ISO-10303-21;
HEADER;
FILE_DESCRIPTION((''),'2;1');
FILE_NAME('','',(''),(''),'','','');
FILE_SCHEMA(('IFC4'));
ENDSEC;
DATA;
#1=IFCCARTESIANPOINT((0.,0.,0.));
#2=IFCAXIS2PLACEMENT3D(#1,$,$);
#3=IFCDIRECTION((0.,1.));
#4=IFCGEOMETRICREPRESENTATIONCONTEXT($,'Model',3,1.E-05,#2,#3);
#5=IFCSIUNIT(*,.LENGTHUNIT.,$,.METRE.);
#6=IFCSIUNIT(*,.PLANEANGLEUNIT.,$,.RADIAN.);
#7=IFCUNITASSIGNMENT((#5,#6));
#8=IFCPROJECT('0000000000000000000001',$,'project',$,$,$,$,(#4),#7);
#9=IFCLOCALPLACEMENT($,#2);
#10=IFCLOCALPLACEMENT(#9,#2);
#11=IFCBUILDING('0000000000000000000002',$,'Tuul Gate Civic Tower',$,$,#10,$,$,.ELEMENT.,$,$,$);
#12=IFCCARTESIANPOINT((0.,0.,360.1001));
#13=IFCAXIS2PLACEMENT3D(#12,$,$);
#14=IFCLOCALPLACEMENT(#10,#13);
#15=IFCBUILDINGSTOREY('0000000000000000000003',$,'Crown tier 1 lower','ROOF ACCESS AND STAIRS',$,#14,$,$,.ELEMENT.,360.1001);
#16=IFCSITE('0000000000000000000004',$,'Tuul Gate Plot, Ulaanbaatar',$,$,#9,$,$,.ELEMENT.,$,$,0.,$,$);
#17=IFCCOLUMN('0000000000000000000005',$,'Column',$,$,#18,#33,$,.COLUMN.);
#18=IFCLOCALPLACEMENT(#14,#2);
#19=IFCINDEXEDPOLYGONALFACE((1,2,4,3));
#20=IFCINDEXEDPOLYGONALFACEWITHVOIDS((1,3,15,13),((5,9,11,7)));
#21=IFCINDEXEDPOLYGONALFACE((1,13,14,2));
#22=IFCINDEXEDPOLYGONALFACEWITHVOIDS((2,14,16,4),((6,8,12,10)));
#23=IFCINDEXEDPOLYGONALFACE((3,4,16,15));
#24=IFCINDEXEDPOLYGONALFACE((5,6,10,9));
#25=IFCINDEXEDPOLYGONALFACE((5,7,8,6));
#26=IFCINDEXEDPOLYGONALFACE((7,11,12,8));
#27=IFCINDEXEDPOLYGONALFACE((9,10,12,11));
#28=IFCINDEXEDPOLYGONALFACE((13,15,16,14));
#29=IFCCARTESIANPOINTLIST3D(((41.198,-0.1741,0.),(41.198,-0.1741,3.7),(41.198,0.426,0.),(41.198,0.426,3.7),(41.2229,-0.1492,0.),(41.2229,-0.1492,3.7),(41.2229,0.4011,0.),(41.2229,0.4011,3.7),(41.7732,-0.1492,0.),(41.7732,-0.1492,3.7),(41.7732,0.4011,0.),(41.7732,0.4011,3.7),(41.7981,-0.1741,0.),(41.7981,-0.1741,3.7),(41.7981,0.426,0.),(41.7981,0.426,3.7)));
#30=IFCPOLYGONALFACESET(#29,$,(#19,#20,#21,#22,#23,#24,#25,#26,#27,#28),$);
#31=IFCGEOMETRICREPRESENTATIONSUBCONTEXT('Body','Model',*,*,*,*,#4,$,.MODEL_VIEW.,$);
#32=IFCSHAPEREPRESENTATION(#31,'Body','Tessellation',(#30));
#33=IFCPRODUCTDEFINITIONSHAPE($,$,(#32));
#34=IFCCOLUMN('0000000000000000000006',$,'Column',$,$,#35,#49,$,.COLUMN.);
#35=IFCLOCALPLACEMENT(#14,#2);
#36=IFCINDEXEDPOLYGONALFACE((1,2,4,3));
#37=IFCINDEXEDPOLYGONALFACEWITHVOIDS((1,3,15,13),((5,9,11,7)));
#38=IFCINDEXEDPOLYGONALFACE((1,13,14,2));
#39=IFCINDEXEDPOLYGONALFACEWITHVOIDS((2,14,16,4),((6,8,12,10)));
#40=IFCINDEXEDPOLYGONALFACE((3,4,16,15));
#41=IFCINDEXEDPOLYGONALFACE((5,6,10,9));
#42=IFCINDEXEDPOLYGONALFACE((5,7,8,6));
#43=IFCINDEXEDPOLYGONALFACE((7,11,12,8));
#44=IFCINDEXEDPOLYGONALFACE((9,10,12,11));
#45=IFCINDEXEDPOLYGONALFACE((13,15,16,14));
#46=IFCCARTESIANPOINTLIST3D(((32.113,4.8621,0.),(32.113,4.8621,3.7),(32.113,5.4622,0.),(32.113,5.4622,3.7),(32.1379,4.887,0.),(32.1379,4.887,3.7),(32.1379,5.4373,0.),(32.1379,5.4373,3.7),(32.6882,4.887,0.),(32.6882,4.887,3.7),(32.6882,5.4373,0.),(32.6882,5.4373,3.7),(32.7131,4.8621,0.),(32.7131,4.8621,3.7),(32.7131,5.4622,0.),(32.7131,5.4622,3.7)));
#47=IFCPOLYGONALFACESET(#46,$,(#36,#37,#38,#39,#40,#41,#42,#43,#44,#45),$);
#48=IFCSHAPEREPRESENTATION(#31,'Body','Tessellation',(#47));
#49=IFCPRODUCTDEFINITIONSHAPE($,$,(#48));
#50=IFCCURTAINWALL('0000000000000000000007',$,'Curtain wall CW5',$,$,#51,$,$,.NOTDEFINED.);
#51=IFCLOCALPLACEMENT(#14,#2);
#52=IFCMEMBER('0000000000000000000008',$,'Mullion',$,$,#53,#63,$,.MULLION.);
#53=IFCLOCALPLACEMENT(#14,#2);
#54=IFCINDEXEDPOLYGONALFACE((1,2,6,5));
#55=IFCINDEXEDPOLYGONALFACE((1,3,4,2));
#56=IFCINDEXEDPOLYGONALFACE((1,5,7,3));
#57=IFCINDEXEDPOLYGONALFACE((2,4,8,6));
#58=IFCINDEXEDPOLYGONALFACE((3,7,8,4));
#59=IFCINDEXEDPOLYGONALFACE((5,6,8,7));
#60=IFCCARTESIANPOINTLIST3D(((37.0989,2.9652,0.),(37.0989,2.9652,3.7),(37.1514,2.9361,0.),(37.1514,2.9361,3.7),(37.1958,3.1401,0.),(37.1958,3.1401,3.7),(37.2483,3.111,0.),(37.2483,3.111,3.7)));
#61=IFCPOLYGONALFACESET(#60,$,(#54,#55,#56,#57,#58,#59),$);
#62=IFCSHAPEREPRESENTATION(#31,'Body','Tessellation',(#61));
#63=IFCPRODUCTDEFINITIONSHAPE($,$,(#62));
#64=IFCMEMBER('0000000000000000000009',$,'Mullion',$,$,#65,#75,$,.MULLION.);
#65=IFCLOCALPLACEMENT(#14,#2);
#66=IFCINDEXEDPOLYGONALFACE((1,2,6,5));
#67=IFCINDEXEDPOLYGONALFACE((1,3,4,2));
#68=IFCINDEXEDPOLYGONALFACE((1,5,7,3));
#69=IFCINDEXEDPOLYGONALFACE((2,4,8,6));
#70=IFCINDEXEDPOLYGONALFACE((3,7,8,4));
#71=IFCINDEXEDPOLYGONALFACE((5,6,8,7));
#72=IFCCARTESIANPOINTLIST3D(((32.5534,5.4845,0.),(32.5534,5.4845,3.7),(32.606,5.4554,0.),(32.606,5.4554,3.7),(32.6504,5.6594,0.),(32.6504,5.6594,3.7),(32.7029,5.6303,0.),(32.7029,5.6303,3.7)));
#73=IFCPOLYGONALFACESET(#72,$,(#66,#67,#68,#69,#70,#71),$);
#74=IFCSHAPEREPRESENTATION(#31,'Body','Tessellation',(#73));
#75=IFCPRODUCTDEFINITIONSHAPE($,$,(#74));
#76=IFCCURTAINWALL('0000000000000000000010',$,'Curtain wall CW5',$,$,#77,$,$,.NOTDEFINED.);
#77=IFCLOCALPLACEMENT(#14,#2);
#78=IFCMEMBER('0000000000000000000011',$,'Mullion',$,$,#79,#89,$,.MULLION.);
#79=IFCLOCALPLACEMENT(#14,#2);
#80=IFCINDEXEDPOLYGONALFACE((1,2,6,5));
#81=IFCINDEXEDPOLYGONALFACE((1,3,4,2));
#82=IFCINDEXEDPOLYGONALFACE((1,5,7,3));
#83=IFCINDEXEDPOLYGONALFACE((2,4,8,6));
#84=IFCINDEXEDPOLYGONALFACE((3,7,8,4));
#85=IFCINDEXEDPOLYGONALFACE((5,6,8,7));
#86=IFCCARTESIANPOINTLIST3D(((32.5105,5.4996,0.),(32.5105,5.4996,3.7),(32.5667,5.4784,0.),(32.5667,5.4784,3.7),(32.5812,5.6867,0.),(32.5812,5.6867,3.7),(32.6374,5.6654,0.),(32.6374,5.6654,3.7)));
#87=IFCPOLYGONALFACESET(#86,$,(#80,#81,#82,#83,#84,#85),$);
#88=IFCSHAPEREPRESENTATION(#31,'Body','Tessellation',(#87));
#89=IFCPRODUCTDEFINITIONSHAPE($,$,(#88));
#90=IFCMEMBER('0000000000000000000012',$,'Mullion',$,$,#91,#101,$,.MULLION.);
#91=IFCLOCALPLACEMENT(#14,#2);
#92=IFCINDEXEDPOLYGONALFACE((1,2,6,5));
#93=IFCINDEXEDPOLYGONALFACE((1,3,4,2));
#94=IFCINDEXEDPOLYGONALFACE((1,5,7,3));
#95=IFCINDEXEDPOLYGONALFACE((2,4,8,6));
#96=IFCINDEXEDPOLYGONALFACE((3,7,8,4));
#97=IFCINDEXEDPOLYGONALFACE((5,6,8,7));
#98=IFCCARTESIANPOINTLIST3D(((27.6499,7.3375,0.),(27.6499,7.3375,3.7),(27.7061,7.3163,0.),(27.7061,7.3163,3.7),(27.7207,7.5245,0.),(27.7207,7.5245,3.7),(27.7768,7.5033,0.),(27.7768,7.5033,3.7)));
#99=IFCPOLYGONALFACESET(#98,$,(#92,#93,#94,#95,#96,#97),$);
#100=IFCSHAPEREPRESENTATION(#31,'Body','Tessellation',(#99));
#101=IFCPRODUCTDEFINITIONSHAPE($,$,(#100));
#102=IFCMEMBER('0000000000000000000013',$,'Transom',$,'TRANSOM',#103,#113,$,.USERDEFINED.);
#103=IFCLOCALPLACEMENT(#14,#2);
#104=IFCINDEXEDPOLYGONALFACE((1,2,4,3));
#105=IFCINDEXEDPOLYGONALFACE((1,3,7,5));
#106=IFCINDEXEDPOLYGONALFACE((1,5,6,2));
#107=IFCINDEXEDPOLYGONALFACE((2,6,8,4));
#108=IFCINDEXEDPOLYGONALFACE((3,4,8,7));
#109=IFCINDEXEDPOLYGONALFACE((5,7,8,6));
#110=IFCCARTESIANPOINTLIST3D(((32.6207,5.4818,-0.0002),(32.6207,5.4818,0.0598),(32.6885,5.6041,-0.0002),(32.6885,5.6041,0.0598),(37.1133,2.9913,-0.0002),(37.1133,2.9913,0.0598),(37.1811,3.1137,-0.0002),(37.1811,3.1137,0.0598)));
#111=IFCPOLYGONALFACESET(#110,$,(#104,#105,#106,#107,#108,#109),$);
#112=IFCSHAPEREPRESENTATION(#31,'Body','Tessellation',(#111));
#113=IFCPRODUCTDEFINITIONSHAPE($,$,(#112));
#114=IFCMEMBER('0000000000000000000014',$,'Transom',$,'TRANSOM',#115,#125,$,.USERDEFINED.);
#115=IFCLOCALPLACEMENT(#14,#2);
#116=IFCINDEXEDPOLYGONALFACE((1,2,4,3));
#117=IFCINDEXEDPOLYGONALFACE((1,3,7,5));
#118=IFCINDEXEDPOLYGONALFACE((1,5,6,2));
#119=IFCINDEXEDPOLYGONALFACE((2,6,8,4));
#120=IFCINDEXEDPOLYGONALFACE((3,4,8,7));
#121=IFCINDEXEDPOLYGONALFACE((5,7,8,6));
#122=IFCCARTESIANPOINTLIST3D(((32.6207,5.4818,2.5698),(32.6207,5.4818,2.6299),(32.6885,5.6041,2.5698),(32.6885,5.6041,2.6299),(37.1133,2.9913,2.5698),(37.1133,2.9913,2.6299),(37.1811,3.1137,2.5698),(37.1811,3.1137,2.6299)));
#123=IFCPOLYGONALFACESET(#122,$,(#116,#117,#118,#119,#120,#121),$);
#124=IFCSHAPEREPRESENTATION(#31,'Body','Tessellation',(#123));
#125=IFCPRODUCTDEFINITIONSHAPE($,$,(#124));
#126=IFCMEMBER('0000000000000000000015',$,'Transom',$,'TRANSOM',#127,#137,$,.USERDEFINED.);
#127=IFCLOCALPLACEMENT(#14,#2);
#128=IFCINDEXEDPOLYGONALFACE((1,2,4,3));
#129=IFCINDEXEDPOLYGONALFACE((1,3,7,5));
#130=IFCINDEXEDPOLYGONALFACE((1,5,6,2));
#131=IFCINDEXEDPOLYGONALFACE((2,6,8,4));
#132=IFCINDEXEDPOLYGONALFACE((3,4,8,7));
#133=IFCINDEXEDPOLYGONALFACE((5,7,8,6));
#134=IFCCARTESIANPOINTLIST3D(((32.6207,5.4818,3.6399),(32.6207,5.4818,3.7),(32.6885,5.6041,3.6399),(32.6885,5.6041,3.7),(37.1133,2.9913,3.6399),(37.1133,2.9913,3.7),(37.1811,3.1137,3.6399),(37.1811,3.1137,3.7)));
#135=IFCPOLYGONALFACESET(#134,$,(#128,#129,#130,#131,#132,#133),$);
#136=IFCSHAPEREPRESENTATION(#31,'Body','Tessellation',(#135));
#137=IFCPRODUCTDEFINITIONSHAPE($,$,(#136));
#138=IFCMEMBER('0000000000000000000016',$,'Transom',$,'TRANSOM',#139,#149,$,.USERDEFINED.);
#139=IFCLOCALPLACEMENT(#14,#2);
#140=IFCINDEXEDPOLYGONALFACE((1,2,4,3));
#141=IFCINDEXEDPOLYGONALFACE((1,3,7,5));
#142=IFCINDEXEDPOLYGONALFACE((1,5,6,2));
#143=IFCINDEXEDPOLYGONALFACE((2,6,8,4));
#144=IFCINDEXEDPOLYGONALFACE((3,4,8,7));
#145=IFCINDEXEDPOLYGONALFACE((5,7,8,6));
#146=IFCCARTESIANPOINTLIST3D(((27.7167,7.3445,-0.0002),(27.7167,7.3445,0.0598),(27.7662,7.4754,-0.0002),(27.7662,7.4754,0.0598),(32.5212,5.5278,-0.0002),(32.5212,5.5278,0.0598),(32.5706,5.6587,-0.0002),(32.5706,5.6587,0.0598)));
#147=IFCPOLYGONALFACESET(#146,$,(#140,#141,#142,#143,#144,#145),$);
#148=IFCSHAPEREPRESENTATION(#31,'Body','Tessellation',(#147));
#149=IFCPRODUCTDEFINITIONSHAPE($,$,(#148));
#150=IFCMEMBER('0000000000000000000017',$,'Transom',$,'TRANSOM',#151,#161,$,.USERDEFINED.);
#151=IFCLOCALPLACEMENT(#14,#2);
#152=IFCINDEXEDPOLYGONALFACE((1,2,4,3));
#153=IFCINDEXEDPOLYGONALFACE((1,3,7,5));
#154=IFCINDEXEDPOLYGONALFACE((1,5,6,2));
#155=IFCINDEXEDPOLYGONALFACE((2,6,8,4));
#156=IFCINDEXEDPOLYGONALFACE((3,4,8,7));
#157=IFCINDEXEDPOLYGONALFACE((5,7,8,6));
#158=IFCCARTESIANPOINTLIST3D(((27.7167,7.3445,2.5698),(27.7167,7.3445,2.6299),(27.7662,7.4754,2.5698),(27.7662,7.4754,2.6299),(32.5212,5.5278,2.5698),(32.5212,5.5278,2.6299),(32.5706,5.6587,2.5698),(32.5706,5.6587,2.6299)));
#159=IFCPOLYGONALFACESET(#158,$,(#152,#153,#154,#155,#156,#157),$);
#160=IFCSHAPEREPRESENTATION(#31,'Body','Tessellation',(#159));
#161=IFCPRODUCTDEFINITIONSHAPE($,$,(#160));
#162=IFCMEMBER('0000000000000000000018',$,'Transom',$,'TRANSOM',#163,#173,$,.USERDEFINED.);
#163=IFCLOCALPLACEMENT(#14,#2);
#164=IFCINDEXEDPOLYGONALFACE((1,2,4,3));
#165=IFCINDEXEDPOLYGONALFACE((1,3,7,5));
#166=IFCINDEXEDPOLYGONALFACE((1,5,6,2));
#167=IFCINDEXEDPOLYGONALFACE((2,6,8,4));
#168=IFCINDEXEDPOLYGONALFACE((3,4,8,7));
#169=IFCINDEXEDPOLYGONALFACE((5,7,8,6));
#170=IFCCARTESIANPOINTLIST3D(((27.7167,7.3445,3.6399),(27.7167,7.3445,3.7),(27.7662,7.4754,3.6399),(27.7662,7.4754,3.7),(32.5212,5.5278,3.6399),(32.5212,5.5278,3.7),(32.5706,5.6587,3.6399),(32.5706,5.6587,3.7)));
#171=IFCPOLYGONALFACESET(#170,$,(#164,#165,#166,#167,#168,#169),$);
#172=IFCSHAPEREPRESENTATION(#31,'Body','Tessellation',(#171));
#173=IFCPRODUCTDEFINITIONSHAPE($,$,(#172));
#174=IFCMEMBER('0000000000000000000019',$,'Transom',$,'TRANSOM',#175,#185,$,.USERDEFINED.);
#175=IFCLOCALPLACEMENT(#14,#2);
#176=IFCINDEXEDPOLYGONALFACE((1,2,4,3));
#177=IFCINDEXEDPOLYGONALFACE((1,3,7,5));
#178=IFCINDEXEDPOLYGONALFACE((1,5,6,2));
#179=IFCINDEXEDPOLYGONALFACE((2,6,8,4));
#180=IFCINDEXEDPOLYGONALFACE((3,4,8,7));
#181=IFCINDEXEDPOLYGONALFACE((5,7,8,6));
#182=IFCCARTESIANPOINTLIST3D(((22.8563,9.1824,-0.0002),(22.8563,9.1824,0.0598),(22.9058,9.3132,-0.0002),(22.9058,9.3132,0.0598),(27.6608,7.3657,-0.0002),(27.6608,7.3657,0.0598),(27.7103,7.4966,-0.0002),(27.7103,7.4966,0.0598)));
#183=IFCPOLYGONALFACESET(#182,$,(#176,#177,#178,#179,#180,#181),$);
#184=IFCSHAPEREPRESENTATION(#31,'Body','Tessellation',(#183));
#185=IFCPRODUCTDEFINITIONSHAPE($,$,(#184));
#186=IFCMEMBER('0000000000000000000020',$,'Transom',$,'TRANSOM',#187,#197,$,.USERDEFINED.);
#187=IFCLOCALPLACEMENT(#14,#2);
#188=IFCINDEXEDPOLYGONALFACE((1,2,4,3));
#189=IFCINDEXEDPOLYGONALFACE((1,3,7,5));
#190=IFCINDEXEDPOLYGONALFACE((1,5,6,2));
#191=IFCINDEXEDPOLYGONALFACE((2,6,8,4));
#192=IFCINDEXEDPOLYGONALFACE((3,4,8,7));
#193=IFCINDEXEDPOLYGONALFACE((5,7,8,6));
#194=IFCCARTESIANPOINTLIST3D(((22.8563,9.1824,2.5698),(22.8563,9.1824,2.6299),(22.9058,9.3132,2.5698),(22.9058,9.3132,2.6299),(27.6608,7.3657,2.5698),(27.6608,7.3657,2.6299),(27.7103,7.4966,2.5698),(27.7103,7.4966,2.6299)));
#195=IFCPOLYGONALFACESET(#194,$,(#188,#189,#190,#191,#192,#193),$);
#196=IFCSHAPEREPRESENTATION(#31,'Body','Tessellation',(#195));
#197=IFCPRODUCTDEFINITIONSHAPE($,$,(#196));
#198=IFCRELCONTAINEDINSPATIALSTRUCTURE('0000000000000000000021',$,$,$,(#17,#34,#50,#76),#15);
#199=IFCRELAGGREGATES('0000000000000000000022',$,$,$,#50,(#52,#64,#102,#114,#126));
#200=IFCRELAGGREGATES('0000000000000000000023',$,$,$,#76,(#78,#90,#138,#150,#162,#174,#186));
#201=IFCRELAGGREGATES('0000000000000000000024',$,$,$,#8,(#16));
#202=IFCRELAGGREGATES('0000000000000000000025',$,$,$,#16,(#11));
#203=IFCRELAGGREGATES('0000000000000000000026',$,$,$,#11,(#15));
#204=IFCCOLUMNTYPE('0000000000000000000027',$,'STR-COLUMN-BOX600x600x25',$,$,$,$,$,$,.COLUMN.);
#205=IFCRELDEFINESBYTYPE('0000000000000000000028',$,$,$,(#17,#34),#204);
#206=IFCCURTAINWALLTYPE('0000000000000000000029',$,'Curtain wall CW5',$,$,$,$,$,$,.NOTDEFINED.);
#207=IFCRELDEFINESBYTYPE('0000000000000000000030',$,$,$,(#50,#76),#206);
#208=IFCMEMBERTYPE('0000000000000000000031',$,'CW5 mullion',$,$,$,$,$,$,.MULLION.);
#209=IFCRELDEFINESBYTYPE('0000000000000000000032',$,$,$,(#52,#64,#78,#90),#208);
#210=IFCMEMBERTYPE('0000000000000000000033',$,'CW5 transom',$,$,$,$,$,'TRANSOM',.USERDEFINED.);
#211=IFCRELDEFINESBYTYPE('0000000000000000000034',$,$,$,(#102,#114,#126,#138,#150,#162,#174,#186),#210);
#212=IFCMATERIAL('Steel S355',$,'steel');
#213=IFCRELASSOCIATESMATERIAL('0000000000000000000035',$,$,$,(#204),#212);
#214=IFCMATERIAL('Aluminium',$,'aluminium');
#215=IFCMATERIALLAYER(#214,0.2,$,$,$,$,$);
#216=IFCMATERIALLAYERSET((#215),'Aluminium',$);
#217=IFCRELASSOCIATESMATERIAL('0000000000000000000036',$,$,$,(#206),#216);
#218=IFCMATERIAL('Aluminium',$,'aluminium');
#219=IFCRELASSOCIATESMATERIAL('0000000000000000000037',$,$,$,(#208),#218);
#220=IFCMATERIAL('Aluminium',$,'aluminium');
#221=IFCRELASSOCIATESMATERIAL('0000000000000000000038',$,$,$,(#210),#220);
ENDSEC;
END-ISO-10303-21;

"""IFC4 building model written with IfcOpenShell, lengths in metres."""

from ifc_helpers import new_model, si_unit, direction, frame, origin, origin_2d, place, context, subcontext, project, spatial, rectangle, hollow_rectangle, extrude, material, layer, layer_set, material_profile, profile_set, type_object, element, aggregate, save


model = new_model("IFC4")

# Units and contexts
model_context = context("Model", 3, precision=1e-05, world=origin(), true_north=direction((0.0, 1.0)))
body_context = subcontext(model_context, "Body", "Model", "MODEL_VIEW")
ifc_project = project(units=[si_unit("LENGTHUNIT", "METRE"), si_unit("PLANEANGLEUNIT", "RADIAN")], contexts=[model_context])

# Site, building, storey
site_placement = place(None, origin())
site = spatial("IfcSite", under=ifc_project, at=site_placement, Name="Tuul Gate Plot, Ulaanbaatar", CompositionType="ELEMENT", RefElevation=0.0)
building_placement = place(site_placement, origin())
building = spatial("IfcBuilding", under=site, at=building_placement, Name="Tuul Gate Civic Tower", CompositionType="ELEMENT")
storey_placement = place(building_placement, frame((0.0, 0.0, 360.1001)))
storey = spatial("IfcBuildingStorey", under=building, at=storey_placement, Name="Crown tier 1 lower", Description="ROOF ACCESS AND STAIRS", CompositionType="ELEMENT", Elevation=360.1001)

# Columns
ifc_material_1 = material(Name="Steel S355", Category="steel")
ifc_material_profile_1 = material_profile(ifc_material_1, hollow_rectangle(XDim=0.6001, YDim=0.6001, WallThickness=0.0249, at=origin_2d()), Name="BOX600x600x25")
ifc_profile_set_1 = profile_set([ifc_material_profile_1], Name="Steel S355")
column_type = type_object("IfcColumnType", Name="STR-COLUMN-BOX600x600x25", PredefinedType="COLUMN", material=ifc_profile_set_1)
for number, where, z_axis, x_axis, name in (
    (1, (41.498, 0.126, 0.0), (0.0, 0.0, 1.0), (1.0, 0.0, 0.0), "Column"),
    (2, (32.4131, 5.1621, 0.0), (0.0, 0.0, 1.0), (1.0, 0.0, 0.0), "Column"),
):
    element("IfcColumn", number, at=place(storey_placement, frame(where, z_axis=z_axis, x_axis=x_axis)), inside=storey, type_object=column_type, Name=name, PredefinedType="COLUMN", context=body_context, shape_type="SweptSolid", body=[
        extrude(hollow_rectangle(XDim=0.6001, YDim=0.6001, WallThickness=0.0249, at=origin_2d()), origin(), (0.0, 0.0, 1.0), 3.7),
    ])

# Curtain walls, members
ifc_material_2 = material(Name="Aluminium", Category="aluminium")
ifc_layer_1 = layer(ifc_material_2, 0.2)
ifc_layer_set_1 = layer_set([ifc_layer_1], Name="Aluminium")
curtain_wall_type = type_object("IfcCurtainWallType", Name="Curtain wall CW5", PredefinedType="NOTDEFINED", material=ifc_layer_set_1)
curtain_wall_1_placement = place(storey_placement, origin())
curtain_wall_1 = element("IfcCurtainWall", 3, at=curtain_wall_1_placement, inside=storey, type_object=curtain_wall_type, Name="Curtain wall CW5", PredefinedType="NOTDEFINED")
ifc_material_3 = material(Name="Aluminium", Category="aluminium")
ifc_material_profile_2 = material_profile(ifc_material_3, rectangle(XDim=0.2, YDim=0.0601, at=origin_2d()), Name="CW5 mullion")
ifc_profile_set_2 = profile_set([ifc_material_profile_2], Name="Aluminium")
member_type_1 = type_object("IfcMemberType", Name="CW5 mullion", PredefinedType="MULLION", material=ifc_profile_set_2)
member_1_placement = place(storey_placement, frame((37.1736, 3.0381, 0.0), z_axis=(0.0, 0.0, 1.0), x_axis=(-0.484806, -0.874622, 0.0)))
member_1 = element("IfcMember", 4, at=member_1_placement, type_object=member_type_1, Name="Mullion", PredefinedType="MULLION", context=body_context, shape_type="SweptSolid", body=[
    extrude(rectangle(XDim=0.2, YDim=0.0601, at=origin_2d()), origin(), (0.0, 0.0, 1.0), 3.7),
])
member_2_placement = place(storey_placement, frame((32.6282, 5.5574, 0.0), z_axis=(0.0, 0.0, 1.0), x_axis=(-0.484806, -0.874622, 0.0)))
member_2 = element("IfcMember", 5, at=member_2_placement, type_object=member_type_1, Name="Mullion", PredefinedType="MULLION", context=body_context, shape_type="SweptSolid", body=[
    extrude(rectangle(XDim=0.2, YDim=0.0601, at=origin_2d()), origin(), (0.0, 0.0, 1.0), 3.7),
])
curtain_wall_2_placement = place(storey_placement, origin())
curtain_wall_2 = element("IfcCurtainWall", 6, at=curtain_wall_2_placement, inside=storey, type_object=curtain_wall_type, Name="Curtain wall CW5", PredefinedType="NOTDEFINED")
member_3_placement = place(storey_placement, frame((32.574, 5.5825, 0.0), z_axis=(0.0, 0.0, 1.0), x_axis=(-0.353691, -0.935362, 0.0)))
member_3 = element("IfcMember", 7, at=member_3_placement, type_object=member_type_1, Name="Mullion", PredefinedType="MULLION", context=body_context, shape_type="SweptSolid", body=[
    extrude(rectangle(XDim=0.2, YDim=0.0601, at=origin_2d()), origin(), (0.0, 0.0, 1.0), 3.7),
])
member_4_placement = place(storey_placement, frame((27.7134, 7.4204, 0.0), z_axis=(0.0, 0.0, 1.0), x_axis=(-0.353691, -0.935362, 0.0)))
member_4 = element("IfcMember", 8, at=member_4_placement, type_object=member_type_1, Name="Mullion", PredefinedType="MULLION", context=body_context, shape_type="SweptSolid", body=[
    extrude(rectangle(XDim=0.2, YDim=0.0601, at=origin_2d()), origin(), (0.0, 0.0, 1.0), 3.7),
])

# Members
ifc_material_4 = material(Name="Aluminium", Category="aluminium")
ifc_material_profile_3 = material_profile(ifc_material_4, rectangle(XDim=0.1399, YDim=0.0601, at=origin_2d()), Name="CW5 transom")
ifc_profile_set_3 = profile_set([ifc_material_profile_3], Name="Aluminium")
member_type_2 = type_object("IfcMemberType", Name="CW5 transom", ElementType="TRANSOM", PredefinedType="USERDEFINED", material=ifc_profile_set_3)
member_5_placement = place(storey_placement, frame((37.1472, 3.0525, 0.0298), z_axis=(-0.874608, 0.484832, 0.0), x_axis=(-0.484832, -0.874608, 0.0)))
member_5 = element("IfcMember", 9, at=member_5_placement, type_object=member_type_2, Name="Transom", ObjectType="TRANSOM", PredefinedType="USERDEFINED", context=body_context, shape_type="SweptSolid", body=[
    extrude(rectangle(XDim=0.1399, YDim=0.0601, at=origin_2d()), origin(), (0.0, 0.0, 1.0), 5.1367),
])
member_6_placement = place(storey_placement, frame((37.1472, 3.0525, 2.5999), z_axis=(-0.874608, 0.484832, 0.0), x_axis=(-0.484832, -0.874608, 0.0)))
member_6 = element("IfcMember", 10, at=member_6_placement, type_object=member_type_2, Name="Transom", ObjectType="TRANSOM", PredefinedType="USERDEFINED", context=body_context, shape_type="SweptSolid", body=[
    extrude(rectangle(XDim=0.1399, YDim=0.0601, at=origin_2d()), origin(), (0.0, 0.0, 1.0), 5.1367),
])
member_7_placement = place(storey_placement, frame((37.1472, 3.0525, 3.6699), z_axis=(-0.874608, 0.484832, 0.0), x_axis=(-0.484832, -0.874608, 0.0)))
member_7 = element("IfcMember", 11, at=member_7_placement, type_object=member_type_2, Name="Transom", ObjectType="TRANSOM", PredefinedType="USERDEFINED", context=body_context, shape_type="SweptSolid", body=[
    extrude(rectangle(XDim=0.1399, YDim=0.0601, at=origin_2d()), origin(), (0.0, 0.0, 1.0), 5.1367),
])
member_8_placement = place(storey_placement, frame((32.5459, 5.5933, 0.0298), z_axis=(-0.935367, 0.35368, 0.0), x_axis=(-0.35368, -0.935367, 0.0)))
member_8 = element("IfcMember", 12, at=member_8_placement, type_object=member_type_2, Name="Transom", ObjectType="TRANSOM", PredefinedType="USERDEFINED", context=body_context, shape_type="SweptSolid", body=[
    extrude(rectangle(XDim=0.1399, YDim=0.0601, at=origin_2d()), origin(), (0.0, 0.0, 1.0), 5.1365),
])
member_9_placement = place(storey_placement, frame((32.5459, 5.5933, 2.5999), z_axis=(-0.935367, 0.35368, 0.0), x_axis=(-0.35368, -0.935367, 0.0)))
member_9 = element("IfcMember", 13, at=member_9_placement, type_object=member_type_2, Name="Transom", ObjectType="TRANSOM", PredefinedType="USERDEFINED", context=body_context, shape_type="SweptSolid", body=[
    extrude(rectangle(XDim=0.1399, YDim=0.0601, at=origin_2d()), origin(), (0.0, 0.0, 1.0), 5.1365),
])
member_10_placement = place(storey_placement, frame((32.5459, 5.5933, 3.6699), z_axis=(-0.935367, 0.35368, 0.0), x_axis=(-0.35368, -0.935367, 0.0)))
member_10 = element("IfcMember", 14, at=member_10_placement, type_object=member_type_2, Name="Transom", ObjectType="TRANSOM", PredefinedType="USERDEFINED", context=body_context, shape_type="SweptSolid", body=[
    extrude(rectangle(XDim=0.1399, YDim=0.0601, at=origin_2d()), origin(), (0.0, 0.0, 1.0), 5.1365),
])
member_11_placement = place(storey_placement, frame((27.6855, 7.4312, 0.0298), z_axis=(-0.935367, 0.35368, 0.0), x_axis=(-0.35368, -0.935367, 0.0)))
member_11 = element("IfcMember", 15, at=member_11_placement, type_object=member_type_2, Name="Transom", ObjectType="TRANSOM", PredefinedType="USERDEFINED", context=body_context, shape_type="SweptSolid", body=[
    extrude(rectangle(XDim=0.1399, YDim=0.0601, at=origin_2d()), origin(), (0.0, 0.0, 1.0), 5.1365),
])
member_12_placement = place(storey_placement, frame((27.6855, 7.4312, 2.5999), z_axis=(-0.935367, 0.35368, 0.0), x_axis=(-0.35368, -0.935367, 0.0)))
member_12 = element("IfcMember", 16, at=member_12_placement, type_object=member_type_2, Name="Transom", ObjectType="TRANSOM", PredefinedType="USERDEFINED", context=body_context, shape_type="SweptSolid", body=[
    extrude(rectangle(XDim=0.1399, YDim=0.0601, at=origin_2d()), origin(), (0.0, 0.0, 1.0), 5.1365),
])

aggregate(curtain_wall_1, [member_1, member_2, member_5, member_6, member_7])
aggregate(curtain_wall_2, [member_3, member_4, member_8, member_9, member_10, member_11, member_12])

save(model, "model.ifc")
